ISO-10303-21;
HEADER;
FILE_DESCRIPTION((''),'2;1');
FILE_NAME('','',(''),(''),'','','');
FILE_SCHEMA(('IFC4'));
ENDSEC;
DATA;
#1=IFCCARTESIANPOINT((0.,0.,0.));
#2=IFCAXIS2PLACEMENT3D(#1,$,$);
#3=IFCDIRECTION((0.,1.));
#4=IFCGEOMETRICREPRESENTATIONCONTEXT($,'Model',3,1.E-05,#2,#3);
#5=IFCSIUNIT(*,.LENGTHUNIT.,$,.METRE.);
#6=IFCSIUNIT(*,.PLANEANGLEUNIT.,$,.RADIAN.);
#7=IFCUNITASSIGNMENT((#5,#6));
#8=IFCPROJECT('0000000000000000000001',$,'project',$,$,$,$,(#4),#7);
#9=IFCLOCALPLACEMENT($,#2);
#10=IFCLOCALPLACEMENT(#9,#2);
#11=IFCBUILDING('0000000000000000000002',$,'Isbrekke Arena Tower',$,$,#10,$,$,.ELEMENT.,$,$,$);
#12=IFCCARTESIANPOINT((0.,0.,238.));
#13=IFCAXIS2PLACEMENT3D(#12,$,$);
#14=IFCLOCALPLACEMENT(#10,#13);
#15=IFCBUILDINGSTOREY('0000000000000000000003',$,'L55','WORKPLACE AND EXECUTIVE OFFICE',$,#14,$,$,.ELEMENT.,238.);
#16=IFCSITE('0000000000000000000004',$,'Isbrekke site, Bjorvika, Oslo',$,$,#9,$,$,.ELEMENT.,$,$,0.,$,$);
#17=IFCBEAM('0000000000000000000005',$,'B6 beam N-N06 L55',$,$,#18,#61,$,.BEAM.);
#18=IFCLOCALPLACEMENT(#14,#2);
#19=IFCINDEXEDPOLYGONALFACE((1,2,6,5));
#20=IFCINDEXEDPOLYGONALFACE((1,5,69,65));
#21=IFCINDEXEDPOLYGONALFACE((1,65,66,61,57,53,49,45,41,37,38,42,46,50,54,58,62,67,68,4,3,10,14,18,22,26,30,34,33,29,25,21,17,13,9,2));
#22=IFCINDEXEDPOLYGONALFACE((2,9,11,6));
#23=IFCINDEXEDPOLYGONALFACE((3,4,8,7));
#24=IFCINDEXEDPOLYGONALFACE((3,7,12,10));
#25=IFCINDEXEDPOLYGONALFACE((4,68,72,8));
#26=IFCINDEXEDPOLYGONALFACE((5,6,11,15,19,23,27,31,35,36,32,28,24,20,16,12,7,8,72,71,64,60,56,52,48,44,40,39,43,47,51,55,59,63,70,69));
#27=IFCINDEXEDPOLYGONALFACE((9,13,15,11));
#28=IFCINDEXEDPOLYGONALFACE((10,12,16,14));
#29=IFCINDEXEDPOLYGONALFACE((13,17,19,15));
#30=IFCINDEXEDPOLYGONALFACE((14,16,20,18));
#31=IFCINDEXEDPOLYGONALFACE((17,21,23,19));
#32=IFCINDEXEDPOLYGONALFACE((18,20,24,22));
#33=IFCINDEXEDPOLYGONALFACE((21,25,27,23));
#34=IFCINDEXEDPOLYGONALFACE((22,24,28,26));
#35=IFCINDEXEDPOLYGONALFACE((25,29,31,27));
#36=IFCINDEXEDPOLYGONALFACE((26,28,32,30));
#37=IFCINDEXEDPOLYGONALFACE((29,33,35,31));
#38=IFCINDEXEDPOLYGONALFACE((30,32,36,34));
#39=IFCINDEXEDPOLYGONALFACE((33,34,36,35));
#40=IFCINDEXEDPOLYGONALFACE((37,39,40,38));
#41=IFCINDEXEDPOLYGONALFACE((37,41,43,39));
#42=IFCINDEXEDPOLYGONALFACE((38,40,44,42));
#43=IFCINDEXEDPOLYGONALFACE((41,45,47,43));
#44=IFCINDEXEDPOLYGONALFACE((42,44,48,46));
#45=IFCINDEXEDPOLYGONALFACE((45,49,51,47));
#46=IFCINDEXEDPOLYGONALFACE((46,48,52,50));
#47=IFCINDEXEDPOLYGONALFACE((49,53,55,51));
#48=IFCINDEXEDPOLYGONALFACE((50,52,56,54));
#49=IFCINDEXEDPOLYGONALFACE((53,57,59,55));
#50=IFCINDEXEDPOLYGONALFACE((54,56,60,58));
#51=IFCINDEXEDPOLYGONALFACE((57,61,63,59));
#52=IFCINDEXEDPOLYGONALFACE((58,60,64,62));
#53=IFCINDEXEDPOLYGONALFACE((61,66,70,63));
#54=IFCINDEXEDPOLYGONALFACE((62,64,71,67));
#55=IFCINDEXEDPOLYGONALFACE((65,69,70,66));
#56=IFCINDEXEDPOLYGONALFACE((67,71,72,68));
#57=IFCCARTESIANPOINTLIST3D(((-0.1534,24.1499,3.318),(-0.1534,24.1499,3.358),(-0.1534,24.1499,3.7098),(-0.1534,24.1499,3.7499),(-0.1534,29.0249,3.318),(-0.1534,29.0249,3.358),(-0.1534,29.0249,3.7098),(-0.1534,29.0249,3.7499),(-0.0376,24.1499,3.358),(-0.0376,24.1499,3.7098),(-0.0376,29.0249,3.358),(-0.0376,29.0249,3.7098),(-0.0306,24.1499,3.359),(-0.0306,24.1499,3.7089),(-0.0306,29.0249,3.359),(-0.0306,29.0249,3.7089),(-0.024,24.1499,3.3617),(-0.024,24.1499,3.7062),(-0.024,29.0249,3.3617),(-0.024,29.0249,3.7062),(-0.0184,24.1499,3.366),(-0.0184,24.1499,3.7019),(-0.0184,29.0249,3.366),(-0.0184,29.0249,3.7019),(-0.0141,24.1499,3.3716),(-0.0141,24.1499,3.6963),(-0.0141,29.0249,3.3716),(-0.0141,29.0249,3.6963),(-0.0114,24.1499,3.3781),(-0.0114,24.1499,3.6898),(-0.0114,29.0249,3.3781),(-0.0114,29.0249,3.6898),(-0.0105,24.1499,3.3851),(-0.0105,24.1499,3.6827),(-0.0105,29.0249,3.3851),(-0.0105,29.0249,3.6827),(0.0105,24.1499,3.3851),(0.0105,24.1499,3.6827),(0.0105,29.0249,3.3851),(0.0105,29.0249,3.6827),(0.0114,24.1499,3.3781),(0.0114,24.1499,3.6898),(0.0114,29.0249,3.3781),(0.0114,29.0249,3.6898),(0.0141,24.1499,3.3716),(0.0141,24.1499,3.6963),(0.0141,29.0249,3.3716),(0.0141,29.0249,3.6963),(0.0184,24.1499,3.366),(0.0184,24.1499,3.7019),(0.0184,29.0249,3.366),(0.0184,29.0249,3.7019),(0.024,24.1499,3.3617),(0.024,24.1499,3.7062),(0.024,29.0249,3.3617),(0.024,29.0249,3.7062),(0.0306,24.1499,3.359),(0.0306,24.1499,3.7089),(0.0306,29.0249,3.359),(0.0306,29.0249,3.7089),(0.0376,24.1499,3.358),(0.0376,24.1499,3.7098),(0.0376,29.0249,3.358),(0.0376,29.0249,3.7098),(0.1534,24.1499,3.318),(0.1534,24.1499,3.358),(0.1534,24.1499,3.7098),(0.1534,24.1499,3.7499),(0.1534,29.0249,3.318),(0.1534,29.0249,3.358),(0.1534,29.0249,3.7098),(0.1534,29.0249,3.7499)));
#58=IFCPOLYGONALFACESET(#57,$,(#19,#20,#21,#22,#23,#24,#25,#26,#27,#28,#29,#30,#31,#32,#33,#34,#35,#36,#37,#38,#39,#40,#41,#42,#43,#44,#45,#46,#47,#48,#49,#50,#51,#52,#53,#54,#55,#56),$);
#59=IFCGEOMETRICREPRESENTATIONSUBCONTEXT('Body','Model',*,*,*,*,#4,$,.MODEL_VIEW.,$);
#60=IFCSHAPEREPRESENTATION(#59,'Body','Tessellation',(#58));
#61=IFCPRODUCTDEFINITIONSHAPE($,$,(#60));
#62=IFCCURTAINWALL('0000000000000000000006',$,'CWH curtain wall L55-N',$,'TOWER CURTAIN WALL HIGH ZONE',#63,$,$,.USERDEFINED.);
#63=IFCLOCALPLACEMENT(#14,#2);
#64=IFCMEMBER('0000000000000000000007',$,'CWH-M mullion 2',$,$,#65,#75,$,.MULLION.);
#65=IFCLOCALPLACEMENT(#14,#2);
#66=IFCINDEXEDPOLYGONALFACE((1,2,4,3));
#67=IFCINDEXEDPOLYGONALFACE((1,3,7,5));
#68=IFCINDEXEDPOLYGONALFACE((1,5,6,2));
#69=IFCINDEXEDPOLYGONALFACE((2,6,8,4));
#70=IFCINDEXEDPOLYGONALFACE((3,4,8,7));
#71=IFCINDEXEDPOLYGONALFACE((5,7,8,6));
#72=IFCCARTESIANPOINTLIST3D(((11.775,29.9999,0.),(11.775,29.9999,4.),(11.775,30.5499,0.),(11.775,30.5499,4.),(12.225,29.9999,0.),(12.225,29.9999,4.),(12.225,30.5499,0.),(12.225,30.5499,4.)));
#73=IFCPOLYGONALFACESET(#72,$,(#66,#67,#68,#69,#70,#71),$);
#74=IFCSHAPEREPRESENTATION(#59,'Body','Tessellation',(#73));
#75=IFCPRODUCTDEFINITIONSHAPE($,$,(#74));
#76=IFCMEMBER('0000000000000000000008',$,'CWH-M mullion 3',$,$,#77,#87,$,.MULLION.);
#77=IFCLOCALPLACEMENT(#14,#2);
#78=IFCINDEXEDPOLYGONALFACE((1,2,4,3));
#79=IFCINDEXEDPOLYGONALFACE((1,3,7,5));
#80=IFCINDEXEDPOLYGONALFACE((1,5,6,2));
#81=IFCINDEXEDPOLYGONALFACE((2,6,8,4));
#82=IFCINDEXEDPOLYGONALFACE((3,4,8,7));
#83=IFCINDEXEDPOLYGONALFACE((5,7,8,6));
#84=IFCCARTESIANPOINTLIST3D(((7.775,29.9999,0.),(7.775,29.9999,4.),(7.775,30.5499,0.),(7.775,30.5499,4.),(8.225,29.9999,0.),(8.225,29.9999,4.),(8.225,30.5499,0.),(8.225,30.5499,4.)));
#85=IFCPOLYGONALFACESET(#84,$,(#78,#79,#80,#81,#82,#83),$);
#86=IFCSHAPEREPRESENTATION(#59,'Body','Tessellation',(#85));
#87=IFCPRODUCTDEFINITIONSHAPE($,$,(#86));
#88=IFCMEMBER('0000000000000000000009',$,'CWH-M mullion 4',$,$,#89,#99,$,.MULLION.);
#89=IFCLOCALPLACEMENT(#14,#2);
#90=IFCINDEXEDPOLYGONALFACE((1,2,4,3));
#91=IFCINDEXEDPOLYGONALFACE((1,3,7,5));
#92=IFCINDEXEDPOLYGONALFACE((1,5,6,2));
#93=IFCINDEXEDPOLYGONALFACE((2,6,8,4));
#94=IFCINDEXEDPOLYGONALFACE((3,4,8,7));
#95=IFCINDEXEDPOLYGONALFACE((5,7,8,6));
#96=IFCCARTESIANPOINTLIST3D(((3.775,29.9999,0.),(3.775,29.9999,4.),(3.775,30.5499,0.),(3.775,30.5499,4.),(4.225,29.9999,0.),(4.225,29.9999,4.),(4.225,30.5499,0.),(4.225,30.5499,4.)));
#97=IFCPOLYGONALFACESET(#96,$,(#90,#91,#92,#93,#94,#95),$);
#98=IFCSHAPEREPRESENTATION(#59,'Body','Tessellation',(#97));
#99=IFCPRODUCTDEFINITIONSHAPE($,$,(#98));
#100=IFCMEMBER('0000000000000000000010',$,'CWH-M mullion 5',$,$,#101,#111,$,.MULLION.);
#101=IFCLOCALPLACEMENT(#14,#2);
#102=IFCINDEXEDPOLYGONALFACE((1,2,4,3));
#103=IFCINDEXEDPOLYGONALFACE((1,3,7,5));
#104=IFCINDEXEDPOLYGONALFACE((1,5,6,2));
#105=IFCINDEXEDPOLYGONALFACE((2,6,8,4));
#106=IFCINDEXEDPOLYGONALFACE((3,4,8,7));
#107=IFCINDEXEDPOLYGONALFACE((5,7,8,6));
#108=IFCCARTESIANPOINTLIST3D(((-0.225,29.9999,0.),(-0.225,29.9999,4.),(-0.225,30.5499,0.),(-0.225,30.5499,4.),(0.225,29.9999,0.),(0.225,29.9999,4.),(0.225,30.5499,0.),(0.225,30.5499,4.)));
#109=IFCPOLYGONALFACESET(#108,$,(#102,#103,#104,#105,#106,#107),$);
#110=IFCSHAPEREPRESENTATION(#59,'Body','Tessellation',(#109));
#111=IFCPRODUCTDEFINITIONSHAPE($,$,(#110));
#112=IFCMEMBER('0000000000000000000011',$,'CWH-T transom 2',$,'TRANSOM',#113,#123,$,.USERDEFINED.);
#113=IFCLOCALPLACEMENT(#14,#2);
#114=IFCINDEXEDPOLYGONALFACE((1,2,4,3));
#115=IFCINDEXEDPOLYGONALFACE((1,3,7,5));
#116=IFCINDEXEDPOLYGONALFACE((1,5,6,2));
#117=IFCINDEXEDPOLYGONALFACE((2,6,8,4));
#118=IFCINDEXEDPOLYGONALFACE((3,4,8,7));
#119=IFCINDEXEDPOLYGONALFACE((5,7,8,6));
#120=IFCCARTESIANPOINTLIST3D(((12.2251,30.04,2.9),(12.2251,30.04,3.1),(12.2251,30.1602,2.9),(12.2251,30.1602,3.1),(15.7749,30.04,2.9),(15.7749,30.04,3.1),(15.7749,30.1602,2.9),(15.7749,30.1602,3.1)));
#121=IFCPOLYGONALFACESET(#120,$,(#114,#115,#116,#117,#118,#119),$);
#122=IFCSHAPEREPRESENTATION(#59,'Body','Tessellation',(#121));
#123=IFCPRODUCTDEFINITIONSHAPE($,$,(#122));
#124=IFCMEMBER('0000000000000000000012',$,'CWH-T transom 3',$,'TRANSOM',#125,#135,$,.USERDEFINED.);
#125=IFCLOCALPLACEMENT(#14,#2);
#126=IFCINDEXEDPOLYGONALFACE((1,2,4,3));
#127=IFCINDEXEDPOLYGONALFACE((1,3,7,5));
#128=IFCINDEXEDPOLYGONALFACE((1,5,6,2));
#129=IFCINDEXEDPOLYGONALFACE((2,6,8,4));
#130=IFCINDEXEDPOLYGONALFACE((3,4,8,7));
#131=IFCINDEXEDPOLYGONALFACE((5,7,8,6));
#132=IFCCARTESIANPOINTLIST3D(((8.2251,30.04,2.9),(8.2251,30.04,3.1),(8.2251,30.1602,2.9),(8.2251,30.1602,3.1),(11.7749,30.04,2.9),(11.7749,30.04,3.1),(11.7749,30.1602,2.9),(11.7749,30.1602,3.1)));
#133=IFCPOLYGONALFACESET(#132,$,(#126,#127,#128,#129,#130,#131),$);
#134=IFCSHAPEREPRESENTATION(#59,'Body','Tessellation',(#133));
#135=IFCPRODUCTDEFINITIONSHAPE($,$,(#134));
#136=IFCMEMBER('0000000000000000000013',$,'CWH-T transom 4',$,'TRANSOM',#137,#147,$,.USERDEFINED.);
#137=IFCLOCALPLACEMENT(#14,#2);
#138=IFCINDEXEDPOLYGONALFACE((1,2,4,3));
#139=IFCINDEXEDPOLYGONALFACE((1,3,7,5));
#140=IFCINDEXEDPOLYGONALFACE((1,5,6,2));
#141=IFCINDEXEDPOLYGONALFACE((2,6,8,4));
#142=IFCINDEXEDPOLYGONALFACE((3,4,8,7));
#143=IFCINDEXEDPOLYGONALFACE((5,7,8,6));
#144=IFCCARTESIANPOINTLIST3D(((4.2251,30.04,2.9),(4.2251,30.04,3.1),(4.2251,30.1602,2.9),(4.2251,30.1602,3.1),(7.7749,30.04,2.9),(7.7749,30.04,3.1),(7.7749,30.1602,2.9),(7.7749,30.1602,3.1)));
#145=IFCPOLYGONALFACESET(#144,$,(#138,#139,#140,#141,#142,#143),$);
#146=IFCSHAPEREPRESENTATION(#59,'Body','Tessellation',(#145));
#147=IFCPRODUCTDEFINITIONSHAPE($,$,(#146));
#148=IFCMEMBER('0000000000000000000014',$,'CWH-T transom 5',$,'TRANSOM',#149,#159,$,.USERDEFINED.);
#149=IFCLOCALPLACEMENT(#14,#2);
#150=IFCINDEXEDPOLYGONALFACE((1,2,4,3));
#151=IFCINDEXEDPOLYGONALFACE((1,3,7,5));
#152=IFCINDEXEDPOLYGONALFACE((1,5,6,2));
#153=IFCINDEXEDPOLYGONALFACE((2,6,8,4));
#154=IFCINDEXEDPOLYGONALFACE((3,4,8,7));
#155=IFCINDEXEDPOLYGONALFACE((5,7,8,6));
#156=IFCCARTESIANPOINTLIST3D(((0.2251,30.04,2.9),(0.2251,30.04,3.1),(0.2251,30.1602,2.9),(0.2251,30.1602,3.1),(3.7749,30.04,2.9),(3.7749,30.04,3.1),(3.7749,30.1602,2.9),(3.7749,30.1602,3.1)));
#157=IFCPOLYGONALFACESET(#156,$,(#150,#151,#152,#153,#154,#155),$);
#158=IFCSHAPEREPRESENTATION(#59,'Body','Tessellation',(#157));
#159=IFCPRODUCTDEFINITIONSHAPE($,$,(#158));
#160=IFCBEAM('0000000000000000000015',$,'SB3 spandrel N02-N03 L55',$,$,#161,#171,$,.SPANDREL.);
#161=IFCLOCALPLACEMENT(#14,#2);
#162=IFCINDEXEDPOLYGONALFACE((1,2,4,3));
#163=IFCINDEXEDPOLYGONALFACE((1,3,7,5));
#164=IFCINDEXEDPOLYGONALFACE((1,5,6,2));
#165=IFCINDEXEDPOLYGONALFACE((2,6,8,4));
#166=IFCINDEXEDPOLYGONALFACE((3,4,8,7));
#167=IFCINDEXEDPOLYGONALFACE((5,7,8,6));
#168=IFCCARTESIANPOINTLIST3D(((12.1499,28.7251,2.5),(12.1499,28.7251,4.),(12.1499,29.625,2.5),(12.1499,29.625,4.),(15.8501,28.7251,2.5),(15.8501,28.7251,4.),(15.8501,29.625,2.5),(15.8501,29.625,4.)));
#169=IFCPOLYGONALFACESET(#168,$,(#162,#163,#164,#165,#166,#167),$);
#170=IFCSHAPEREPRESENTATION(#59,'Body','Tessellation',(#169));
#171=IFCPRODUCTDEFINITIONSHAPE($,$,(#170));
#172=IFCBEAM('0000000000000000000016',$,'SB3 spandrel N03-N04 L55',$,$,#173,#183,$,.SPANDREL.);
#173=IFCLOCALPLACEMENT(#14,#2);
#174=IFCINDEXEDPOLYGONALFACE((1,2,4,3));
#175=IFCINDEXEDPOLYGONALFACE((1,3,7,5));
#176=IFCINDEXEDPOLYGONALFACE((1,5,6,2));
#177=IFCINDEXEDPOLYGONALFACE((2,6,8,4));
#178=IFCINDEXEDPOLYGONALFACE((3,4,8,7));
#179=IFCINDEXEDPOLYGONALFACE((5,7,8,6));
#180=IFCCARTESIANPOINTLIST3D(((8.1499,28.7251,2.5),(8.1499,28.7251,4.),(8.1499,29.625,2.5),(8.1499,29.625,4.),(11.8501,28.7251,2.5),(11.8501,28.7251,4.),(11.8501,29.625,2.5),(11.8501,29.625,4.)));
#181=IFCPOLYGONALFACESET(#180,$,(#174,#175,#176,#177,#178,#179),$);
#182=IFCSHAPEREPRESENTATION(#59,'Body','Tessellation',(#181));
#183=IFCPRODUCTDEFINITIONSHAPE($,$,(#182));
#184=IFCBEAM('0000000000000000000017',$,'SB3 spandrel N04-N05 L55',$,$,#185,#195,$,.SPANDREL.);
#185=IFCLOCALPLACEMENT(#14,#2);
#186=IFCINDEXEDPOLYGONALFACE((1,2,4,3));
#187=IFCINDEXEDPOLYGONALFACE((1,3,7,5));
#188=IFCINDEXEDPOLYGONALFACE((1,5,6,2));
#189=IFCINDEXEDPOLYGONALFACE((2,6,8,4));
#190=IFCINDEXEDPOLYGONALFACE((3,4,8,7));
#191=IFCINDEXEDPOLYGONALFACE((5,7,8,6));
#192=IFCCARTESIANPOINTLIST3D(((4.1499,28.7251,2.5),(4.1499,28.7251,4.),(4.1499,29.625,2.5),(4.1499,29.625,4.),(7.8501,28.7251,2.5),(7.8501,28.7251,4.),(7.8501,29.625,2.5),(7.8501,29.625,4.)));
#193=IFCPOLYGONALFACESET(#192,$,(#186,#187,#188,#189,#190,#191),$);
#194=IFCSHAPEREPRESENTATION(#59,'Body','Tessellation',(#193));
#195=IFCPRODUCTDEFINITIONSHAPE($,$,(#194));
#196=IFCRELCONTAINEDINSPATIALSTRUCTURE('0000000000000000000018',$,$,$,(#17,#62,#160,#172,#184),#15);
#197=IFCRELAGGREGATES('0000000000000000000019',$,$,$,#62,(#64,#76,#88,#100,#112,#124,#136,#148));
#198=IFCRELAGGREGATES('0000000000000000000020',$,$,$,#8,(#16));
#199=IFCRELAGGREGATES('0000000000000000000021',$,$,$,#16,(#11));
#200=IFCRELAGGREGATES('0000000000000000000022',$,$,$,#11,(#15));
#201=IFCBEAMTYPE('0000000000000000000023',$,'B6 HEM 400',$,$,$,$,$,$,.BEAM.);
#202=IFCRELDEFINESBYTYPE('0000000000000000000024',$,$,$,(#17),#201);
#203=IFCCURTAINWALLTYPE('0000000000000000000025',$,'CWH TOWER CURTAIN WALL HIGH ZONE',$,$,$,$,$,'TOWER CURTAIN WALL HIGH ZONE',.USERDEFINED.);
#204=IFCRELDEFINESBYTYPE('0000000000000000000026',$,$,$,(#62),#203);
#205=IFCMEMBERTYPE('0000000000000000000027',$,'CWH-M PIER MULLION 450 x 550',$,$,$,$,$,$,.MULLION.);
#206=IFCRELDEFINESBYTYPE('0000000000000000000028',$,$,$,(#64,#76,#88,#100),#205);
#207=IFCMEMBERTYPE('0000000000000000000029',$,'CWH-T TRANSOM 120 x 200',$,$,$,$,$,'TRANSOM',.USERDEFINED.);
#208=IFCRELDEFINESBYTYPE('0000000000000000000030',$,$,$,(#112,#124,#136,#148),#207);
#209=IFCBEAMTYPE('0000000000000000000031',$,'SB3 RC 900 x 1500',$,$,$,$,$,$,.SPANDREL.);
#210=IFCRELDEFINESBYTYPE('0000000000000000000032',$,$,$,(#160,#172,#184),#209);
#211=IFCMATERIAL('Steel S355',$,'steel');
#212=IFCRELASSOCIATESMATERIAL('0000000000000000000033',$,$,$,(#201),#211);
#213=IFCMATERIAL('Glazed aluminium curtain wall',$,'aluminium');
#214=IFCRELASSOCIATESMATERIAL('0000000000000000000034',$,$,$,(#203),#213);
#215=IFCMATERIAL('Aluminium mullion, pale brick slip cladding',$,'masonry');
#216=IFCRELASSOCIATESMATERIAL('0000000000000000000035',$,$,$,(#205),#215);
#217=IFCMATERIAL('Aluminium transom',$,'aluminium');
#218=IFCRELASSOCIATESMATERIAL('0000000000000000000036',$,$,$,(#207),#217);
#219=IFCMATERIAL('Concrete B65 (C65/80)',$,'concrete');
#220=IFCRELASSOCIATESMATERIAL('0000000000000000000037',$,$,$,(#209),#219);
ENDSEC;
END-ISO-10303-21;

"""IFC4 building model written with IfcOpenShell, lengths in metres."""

from ifc_helpers import new_model, si_unit, direction, frame, origin, origin_2d, place, context, subcontext, project, spatial, rectangle, i_section, extrude, material, material_profile, profile_set, type_object, element, aggregate, save


model = new_model("IFC4")

# Units and contexts
model_context = context("Model", 3, precision=1e-05, world=origin(), true_north=direction((0.0, 1.0)))
body_context = subcontext(model_context, "Body", "Model", "MODEL_VIEW")
ifc_project = project(units=[si_unit("LENGTHUNIT", "METRE"), si_unit("PLANEANGLEUNIT", "RADIAN")], contexts=[model_context])

# Site, building, storey
site_placement = place(None, origin())
site = spatial("IfcSite", under=ifc_project, at=site_placement, Name="Isbrekke site, Bjorvika, Oslo", CompositionType="ELEMENT", RefElevation=0.0)
building_placement = place(site_placement, origin())
building = spatial("IfcBuilding", under=site, at=building_placement, Name="Isbrekke Arena Tower", CompositionType="ELEMENT")
storey_placement = place(building_placement, frame((0.0, 0.0, 238.0)))
storey = spatial("IfcBuildingStorey", under=building, at=storey_placement, Name="L55", Description="WORKPLACE AND EXECUTIVE OFFICE", CompositionType="ELEMENT", Elevation=238.0)

# Beam
ifc_material_1 = material(Name="Steel S355", Category="steel")
ifc_material_profile_1 = material_profile(ifc_material_1, i_section(OverallWidth=0.3069, OverallDepth=0.4319, WebThickness=0.021, FlangeThickness=0.04, FilletRadius=0.0271, at=origin_2d()), Name="HEM 400")
ifc_profile_set_1 = profile_set([ifc_material_profile_1], Name="Steel S355")
beam_type_1 = type_object("IfcBeamType", Name="B6 HEM 400", PredefinedType="BEAM", material=ifc_profile_set_1)
beam_1_placement = place(storey_placement, frame((0.0, 29.0249, 3.5339), z_axis=(0.0, -1.0, 0.0), x_axis=(1.0, 0.0, 0.0)))
element("IfcBeam", 1, at=beam_1_placement, inside=storey, type_object=beam_type_1, Name="B6 beam N-N06 L55", PredefinedType="BEAM", context=body_context, shape_type="SweptSolid", body=[
    extrude(i_section(OverallWidth=0.3069, OverallDepth=0.4319, WebThickness=0.021, FlangeThickness=0.04, FilletRadius=0.0271, at=origin_2d()), origin(), (0.0, 0.0, 1.0), 4.875),
])

# Curtain wall, members
ifc_material_2 = material(Name="Glazed aluminium curtain wall", Category="aluminium")
curtain_wall_type = type_object("IfcCurtainWallType", Name="CWH TOWER CURTAIN WALL HIGH ZONE", ElementType="TOWER CURTAIN WALL HIGH ZONE", PredefinedType="USERDEFINED", material=ifc_material_2)
curtain_wall_placement = place(storey_placement, origin())
curtain_wall = element("IfcCurtainWall", 2, at=curtain_wall_placement, inside=storey, type_object=curtain_wall_type, Name="CWH curtain wall L55-N", ObjectType="TOWER CURTAIN WALL HIGH ZONE", PredefinedType="USERDEFINED")
ifc_material_3 = material(Name="Aluminium mullion, pale brick slip cladding", Category="masonry")
ifc_material_profile_2 = material_profile(ifc_material_3, rectangle(XDim=0.45, YDim=0.55, at=origin_2d()), Name="PIER 450X550")
ifc_profile_set_2 = profile_set([ifc_material_profile_2], Name="Aluminium mullion, pale brick slip cladding")
member_type_1 = type_object("IfcMemberType", Name="CWH-M PIER MULLION 450 x 550", PredefinedType="MULLION", material=ifc_profile_set_2)
member_1_placement = place(storey_placement, frame((12.0, 30.2749, 0.0), z_axis=(0.0, 0.0, 1.0), x_axis=(-1.0, 0.0, 0.0)))
member_1 = element("IfcMember", 3, at=member_1_placement, type_object=member_type_1, Name="CWH-M mullion 2", PredefinedType="MULLION", context=body_context, shape_type="SweptSolid", body=[
    extrude(rectangle(XDim=0.45, YDim=0.55, at=origin_2d()), origin(), (0.0, 0.0, 1.0), 4.0),
])
member_2_placement = place(storey_placement, frame((8.0, 30.2749, 0.0), z_axis=(0.0, 0.0, 1.0), x_axis=(-1.0, 0.0, 0.0)))
member_2 = element("IfcMember", 4, at=member_2_placement, type_object=member_type_1, Name="CWH-M mullion 3", PredefinedType="MULLION", context=body_context, shape_type="SweptSolid", body=[
    extrude(rectangle(XDim=0.45, YDim=0.55, at=origin_2d()), origin(), (0.0, 0.0, 1.0), 4.0),
])
member_3_placement = place(storey_placement, frame((4.0, 30.2749, 0.0), z_axis=(0.0, 0.0, 1.0), x_axis=(-1.0, 0.0, 0.0)))
member_3 = element("IfcMember", 5, at=member_3_placement, type_object=member_type_1, Name="CWH-M mullion 4", PredefinedType="MULLION", context=body_context, shape_type="SweptSolid", body=[
    extrude(rectangle(XDim=0.45, YDim=0.55, at=origin_2d()), origin(), (0.0, 0.0, 1.0), 4.0),
])
member_4_placement = place(storey_placement, frame((0.0, 30.2749, 0.0), z_axis=(0.0, 0.0, 1.0), x_axis=(-1.0, 0.0, 0.0)))
member_4 = element("IfcMember", 6, at=member_4_placement, type_object=member_type_1, Name="CWH-M mullion 5", PredefinedType="MULLION", context=body_context, shape_type="SweptSolid", body=[
    extrude(rectangle(XDim=0.45, YDim=0.55, at=origin_2d()), origin(), (0.0, 0.0, 1.0), 4.0),
])
ifc_material_4 = material(Name="Aluminium transom", Category="aluminium")
ifc_material_profile_3 = material_profile(ifc_material_4, rectangle(XDim=0.1201, YDim=0.2, at=origin_2d()), Name="TRANSOM 120X200")
ifc_profile_set_3 = profile_set([ifc_material_profile_3], Name="Aluminium transom")
member_type_2 = type_object("IfcMemberType", Name="CWH-T TRANSOM 120 x 200", ElementType="TRANSOM", PredefinedType="USERDEFINED", material=ifc_profile_set_3)
member_5_placement = place(storey_placement, frame((15.7749, 30.1001, 3.0), z_axis=(-1.0, 0.0, 0.0), x_axis=(0.0, -1.0, 0.0)))
member_5 = element("IfcMember", 7, at=member_5_placement, type_object=member_type_2, Name="CWH-T transom 2", ObjectType="TRANSOM", PredefinedType="USERDEFINED", context=body_context, shape_type="SweptSolid", body=[
    extrude(rectangle(XDim=0.1201, YDim=0.2, at=origin_2d()), origin(), (0.0, 0.0, 1.0), 3.5498),
])
member_6_placement = place(storey_placement, frame((11.7749, 30.1001, 3.0), z_axis=(-1.0, 0.0, 0.0), x_axis=(0.0, -1.0, 0.0)))
member_6 = element("IfcMember", 8, at=member_6_placement, type_object=member_type_2, Name="CWH-T transom 3", ObjectType="TRANSOM", PredefinedType="USERDEFINED", context=body_context, shape_type="SweptSolid", body=[
    extrude(rectangle(XDim=0.1201, YDim=0.2, at=origin_2d()), origin(), (0.0, 0.0, 1.0), 3.5498),
])
member_7_placement = place(storey_placement, frame((7.7749, 30.1001, 3.0), z_axis=(-1.0, 0.0, 0.0), x_axis=(0.0, -1.0, 0.0)))
member_7 = element("IfcMember", 9, at=member_7_placement, type_object=member_type_2, Name="CWH-T transom 4", ObjectType="TRANSOM", PredefinedType="USERDEFINED", context=body_context, shape_type="SweptSolid", body=[
    extrude(rectangle(XDim=0.1201, YDim=0.2, at=origin_2d()), origin(), (0.0, 0.0, 1.0), 3.5498),
])
member_8_placement = place(storey_placement, frame((3.7749, 30.1001, 3.0), z_axis=(-1.0, 0.0, 0.0), x_axis=(0.0, -1.0, 0.0)))
member_8 = element("IfcMember", 10, at=member_8_placement, type_object=member_type_2, Name="CWH-T transom 5", ObjectType="TRANSOM", PredefinedType="USERDEFINED", context=body_context, shape_type="SweptSolid", body=[
    extrude(rectangle(XDim=0.1201, YDim=0.2, at=origin_2d()), origin(), (0.0, 0.0, 1.0), 3.5498),
])

# Beams
ifc_material_5 = material(Name="Concrete B65 (C65/80)", Category="concrete")
ifc_material_profile_4 = material_profile(ifc_material_5, rectangle(XDim=0.8999, YDim=1.5, at=origin_2d()), Name="RC 900x1500")
ifc_profile_set_4 = profile_set([ifc_material_profile_4], Name="Concrete B65 (C65/80)")
beam_type_2 = type_object("IfcBeamType", Name="SB3 RC 900 x 1500", PredefinedType="SPANDREL", material=ifc_profile_set_4)
for number, where, z_axis, x_axis, name in (
    (11, (15.8501, 29.175, 3.25), (-1.0, 0.0, 0.0), (0.0, -1.0, 0.0), "SB3 spandrel N02-N03 L55"),
    (12, (11.8501, 29.175, 3.25), (-1.0, 0.0, 0.0), (0.0, -1.0, 0.0), "SB3 spandrel N03-N04 L55"),
    (13, (7.8501, 29.175, 3.25), (-1.0, 0.0, 0.0), (0.0, -1.0, 0.0), "SB3 spandrel N04-N05 L55"),
):
    element("IfcBeam", number, at=place(storey_placement, frame(where, z_axis=z_axis, x_axis=x_axis)), inside=storey, type_object=beam_type_2, Name=name, PredefinedType="SPANDREL", context=body_context, shape_type="SweptSolid", body=[
        extrude(rectangle(XDim=0.8999, YDim=1.5, at=origin_2d()), origin(), (0.0, 0.0, 1.0), 3.7002),
    ])

aggregate(curtain_wall, [member_1, member_2, member_3, member_4, member_5, member_6, member_7, member_8])

save(model, "model.ifc")
